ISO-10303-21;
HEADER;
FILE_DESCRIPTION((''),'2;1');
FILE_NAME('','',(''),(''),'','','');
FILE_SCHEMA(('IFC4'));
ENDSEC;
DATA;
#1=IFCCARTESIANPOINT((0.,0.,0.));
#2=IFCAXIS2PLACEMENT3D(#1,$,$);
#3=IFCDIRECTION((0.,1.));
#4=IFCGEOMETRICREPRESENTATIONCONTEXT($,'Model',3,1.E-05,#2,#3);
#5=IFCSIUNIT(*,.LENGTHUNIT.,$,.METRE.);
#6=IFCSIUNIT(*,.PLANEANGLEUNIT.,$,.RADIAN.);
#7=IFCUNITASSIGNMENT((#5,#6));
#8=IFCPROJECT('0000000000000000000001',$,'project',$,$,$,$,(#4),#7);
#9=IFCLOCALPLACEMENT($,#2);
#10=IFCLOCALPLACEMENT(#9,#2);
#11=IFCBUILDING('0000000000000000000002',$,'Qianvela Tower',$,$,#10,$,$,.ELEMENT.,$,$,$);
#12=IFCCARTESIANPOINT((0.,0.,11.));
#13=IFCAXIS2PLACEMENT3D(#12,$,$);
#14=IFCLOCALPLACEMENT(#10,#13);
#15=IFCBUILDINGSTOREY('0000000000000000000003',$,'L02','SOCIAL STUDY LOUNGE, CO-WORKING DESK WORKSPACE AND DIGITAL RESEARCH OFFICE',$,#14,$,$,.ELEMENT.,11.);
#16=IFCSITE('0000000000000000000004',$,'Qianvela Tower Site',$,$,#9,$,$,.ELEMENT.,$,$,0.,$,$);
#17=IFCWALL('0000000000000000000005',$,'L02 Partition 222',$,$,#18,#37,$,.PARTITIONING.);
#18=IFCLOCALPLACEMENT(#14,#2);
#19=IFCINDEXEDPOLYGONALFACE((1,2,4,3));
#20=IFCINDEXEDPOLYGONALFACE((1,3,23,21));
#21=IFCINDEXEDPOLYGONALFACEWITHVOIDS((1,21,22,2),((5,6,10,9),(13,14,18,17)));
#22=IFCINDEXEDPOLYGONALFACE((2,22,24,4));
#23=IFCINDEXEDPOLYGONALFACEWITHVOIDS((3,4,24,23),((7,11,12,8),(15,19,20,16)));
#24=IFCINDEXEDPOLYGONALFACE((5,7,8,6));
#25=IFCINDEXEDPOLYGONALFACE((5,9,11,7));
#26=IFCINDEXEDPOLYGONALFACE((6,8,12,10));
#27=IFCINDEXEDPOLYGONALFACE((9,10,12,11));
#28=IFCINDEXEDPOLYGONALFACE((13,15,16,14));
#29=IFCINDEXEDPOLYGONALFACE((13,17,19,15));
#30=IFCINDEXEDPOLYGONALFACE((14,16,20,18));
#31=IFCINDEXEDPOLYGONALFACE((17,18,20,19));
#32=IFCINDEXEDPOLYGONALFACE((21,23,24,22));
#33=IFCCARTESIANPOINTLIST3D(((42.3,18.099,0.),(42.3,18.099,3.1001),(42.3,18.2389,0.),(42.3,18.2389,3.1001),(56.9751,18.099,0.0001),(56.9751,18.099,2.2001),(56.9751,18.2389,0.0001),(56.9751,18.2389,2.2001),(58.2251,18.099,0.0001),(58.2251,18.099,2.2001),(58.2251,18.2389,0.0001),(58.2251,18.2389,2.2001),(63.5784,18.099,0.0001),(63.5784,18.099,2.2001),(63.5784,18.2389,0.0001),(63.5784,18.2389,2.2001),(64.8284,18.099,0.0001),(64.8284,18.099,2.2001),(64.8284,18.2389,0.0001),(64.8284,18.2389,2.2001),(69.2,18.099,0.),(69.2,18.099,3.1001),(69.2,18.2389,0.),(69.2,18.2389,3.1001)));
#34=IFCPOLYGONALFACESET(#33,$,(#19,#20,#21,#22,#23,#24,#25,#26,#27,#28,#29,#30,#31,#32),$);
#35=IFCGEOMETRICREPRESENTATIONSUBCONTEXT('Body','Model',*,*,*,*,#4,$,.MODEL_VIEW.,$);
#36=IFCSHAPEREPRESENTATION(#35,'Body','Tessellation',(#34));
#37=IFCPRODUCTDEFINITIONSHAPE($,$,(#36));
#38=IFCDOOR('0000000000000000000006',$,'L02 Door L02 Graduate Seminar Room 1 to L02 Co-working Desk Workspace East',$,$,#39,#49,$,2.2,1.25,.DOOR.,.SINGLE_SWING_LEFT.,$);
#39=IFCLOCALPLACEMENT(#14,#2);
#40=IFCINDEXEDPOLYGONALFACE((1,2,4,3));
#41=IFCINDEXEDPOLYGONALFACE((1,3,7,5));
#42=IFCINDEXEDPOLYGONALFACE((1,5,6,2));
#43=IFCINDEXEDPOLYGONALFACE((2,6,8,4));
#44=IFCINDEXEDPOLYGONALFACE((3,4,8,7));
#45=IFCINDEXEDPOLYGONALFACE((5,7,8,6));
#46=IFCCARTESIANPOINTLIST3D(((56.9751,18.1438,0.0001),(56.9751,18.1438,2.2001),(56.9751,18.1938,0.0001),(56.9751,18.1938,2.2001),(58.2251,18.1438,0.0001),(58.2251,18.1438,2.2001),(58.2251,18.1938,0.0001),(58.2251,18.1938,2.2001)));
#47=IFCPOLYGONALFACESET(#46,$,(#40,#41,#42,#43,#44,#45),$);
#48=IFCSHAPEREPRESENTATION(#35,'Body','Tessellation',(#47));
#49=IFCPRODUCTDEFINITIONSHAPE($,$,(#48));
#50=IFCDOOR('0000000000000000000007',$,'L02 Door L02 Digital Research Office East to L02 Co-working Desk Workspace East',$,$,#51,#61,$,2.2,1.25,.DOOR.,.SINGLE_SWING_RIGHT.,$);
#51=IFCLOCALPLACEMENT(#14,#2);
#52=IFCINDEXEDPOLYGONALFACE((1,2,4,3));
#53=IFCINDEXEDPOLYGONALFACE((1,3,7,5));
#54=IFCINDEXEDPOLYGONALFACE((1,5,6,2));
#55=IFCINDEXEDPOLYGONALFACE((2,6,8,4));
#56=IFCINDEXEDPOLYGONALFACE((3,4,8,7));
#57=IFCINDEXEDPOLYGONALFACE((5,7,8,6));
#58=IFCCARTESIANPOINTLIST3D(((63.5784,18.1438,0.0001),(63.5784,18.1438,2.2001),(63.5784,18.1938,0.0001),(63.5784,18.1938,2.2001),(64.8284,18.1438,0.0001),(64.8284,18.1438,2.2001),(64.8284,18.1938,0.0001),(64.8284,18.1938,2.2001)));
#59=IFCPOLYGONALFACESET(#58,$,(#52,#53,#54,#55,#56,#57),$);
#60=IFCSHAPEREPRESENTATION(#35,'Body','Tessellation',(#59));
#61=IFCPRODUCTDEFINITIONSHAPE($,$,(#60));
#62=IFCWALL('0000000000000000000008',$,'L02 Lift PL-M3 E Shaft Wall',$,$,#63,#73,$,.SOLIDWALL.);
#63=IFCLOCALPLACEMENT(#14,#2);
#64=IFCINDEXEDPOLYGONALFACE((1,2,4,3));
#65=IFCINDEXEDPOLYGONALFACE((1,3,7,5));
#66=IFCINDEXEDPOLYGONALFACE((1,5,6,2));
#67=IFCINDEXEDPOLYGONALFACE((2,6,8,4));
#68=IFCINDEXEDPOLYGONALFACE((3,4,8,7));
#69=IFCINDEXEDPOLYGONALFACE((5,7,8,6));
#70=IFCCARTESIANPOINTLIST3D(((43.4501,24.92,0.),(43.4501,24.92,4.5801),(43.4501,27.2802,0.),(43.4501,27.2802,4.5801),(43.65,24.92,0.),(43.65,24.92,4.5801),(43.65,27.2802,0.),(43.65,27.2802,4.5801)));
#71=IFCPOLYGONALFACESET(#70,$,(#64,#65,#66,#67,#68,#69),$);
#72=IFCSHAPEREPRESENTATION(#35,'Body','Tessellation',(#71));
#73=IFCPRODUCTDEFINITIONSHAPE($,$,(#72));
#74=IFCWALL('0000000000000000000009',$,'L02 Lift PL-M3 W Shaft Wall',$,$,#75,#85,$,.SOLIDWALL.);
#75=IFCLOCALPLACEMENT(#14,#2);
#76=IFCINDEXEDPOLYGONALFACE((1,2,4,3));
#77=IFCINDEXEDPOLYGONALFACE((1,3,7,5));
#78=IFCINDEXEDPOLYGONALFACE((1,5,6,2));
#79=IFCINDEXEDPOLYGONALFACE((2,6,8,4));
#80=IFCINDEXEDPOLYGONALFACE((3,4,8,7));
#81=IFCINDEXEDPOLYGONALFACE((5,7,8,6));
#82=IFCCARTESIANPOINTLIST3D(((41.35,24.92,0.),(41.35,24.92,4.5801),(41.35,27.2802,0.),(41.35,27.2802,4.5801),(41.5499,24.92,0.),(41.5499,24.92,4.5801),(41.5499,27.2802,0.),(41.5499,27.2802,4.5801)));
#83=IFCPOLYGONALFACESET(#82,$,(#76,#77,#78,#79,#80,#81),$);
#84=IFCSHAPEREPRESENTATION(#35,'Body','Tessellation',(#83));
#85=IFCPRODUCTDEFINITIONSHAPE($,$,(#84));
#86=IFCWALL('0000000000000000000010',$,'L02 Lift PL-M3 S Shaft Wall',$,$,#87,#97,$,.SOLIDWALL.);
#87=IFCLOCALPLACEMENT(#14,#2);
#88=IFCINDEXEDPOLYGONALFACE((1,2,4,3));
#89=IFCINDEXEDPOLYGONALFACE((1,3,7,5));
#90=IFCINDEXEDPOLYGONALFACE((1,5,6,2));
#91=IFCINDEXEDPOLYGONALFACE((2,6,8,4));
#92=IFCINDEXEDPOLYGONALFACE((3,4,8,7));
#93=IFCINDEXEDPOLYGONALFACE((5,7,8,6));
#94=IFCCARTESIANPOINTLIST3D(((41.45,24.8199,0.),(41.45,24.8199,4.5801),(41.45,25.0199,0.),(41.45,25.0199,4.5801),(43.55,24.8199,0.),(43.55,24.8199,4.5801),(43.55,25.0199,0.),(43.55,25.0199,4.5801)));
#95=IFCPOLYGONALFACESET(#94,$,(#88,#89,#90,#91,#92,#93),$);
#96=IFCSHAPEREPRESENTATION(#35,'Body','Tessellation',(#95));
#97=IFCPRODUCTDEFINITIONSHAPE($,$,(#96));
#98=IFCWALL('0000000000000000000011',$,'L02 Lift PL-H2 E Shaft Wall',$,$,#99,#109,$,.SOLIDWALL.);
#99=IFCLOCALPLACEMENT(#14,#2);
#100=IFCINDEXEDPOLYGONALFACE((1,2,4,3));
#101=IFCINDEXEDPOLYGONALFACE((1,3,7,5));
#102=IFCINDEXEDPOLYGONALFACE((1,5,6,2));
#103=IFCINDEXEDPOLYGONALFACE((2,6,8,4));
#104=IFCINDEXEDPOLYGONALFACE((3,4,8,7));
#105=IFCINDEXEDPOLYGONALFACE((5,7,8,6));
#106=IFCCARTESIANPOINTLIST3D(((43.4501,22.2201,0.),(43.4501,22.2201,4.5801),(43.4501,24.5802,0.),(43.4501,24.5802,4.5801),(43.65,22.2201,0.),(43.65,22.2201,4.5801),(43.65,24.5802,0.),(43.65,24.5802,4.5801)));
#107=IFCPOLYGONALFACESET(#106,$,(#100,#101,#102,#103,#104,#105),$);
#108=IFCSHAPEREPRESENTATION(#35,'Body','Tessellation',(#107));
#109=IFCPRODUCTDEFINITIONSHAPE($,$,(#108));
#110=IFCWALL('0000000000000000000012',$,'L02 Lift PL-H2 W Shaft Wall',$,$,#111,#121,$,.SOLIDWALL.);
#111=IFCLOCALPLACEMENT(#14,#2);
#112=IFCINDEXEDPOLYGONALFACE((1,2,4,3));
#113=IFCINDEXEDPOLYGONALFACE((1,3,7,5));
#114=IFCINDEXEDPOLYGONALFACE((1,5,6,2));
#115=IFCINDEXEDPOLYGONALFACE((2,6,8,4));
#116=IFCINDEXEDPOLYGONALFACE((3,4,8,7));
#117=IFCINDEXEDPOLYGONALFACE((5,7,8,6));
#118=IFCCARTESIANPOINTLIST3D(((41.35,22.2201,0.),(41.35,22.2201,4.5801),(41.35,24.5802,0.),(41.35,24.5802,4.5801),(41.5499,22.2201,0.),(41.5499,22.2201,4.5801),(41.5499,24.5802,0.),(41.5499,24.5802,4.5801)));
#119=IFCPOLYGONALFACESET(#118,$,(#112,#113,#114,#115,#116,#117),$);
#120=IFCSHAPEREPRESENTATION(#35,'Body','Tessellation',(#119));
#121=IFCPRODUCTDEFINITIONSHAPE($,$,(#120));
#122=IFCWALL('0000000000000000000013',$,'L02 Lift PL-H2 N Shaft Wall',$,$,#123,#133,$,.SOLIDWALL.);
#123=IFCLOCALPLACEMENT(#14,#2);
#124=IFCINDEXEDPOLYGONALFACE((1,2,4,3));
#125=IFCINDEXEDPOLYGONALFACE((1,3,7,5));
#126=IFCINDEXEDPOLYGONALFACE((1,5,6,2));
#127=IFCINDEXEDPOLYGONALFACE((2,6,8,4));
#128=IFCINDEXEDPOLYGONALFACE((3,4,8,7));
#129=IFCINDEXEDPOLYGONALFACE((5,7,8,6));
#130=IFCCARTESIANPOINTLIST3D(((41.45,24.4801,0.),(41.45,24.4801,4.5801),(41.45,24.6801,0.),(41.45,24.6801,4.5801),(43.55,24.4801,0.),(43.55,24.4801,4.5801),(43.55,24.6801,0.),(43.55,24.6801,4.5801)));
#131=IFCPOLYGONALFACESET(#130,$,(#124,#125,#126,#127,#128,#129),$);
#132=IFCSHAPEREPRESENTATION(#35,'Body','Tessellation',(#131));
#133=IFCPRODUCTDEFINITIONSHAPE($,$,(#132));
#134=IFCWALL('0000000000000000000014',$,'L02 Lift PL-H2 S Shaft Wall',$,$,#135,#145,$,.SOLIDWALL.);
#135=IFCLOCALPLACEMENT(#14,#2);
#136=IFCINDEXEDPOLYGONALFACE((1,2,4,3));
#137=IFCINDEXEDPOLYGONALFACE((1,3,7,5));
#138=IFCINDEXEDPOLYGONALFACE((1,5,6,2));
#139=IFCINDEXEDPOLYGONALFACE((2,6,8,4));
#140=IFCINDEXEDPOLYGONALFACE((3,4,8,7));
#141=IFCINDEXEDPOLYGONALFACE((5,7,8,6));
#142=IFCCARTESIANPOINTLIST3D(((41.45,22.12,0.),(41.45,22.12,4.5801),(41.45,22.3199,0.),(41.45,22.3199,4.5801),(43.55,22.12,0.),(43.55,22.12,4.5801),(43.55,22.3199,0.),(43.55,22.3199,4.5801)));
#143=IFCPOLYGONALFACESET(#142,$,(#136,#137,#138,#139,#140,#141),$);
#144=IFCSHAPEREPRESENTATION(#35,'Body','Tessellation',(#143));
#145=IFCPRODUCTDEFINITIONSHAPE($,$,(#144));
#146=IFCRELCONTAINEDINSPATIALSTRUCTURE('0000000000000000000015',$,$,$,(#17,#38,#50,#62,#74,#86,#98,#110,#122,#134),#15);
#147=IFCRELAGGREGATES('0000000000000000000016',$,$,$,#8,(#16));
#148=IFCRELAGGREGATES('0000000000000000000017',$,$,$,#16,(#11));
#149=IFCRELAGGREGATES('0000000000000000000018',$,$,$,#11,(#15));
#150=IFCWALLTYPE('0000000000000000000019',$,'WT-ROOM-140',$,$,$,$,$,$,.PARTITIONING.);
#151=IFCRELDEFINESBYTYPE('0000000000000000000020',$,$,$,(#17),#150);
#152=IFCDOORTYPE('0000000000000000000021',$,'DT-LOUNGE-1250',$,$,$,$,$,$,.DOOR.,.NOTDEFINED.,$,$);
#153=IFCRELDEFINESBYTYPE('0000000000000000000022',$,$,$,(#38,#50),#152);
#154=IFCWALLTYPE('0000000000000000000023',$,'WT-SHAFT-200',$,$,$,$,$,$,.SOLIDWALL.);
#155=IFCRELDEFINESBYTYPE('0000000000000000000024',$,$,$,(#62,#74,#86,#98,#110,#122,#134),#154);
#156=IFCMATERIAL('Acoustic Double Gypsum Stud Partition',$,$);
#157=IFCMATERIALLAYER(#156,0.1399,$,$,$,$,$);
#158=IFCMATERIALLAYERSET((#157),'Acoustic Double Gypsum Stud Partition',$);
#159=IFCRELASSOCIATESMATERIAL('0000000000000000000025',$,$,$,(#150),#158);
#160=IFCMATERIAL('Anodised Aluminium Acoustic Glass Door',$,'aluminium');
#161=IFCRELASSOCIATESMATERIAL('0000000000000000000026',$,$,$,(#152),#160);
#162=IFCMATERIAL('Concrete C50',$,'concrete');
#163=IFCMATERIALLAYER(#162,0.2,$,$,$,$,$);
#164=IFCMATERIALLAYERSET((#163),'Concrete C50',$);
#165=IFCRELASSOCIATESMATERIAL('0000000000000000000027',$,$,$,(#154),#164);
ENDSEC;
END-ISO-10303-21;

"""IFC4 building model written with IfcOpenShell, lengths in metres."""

from ifc_helpers import new_model, si_unit, direction, frame, frame_2d, origin, place, context, subcontext, project, spatial, rectangle, extrude, material, layer, layer_set, type_object, element, fill, save


model = new_model("IFC4")

# Units and contexts
model_context = context("Model", 3, precision=1e-05, world=origin(), true_north=direction((0.0, 1.0)))
body_context = subcontext(model_context, "Body", "Model", "MODEL_VIEW")
ifc_project = project(units=[si_unit("LENGTHUNIT", "METRE"), si_unit("PLANEANGLEUNIT", "RADIAN")], contexts=[model_context])

# Site, building, storey
site_placement = place(None, origin())
site = spatial("IfcSite", under=ifc_project, at=site_placement, Name="Qianvela Tower Site", CompositionType="ELEMENT", RefElevation=0.0)
building_placement = place(site_placement, origin())
building = spatial("IfcBuilding", under=site, at=building_placement, Name="Qianvela Tower", CompositionType="ELEMENT")
storey_placement = place(building_placement, frame((0.0, 0.0, 11.0)))
storey = spatial("IfcBuildingStorey", under=building, at=storey_placement, Name="L02", Description="SOCIAL STUDY LOUNGE, CO-WORKING DESK WORKSPACE AND DIGITAL RESEARCH OFFICE", CompositionType="ELEMENT", Elevation=11.0)

# Wall, openings, doors
ifc_material_1 = material(Name="Acoustic Double Gypsum Stud Partition")
ifc_layer_1 = layer(ifc_material_1, 0.1399)
ifc_layer_set_1 = layer_set([ifc_layer_1], Name="Acoustic Double Gypsum Stud Partition")
wall_type_1 = type_object("IfcWallType", Name="WT-ROOM-140", PredefinedType="PARTITIONING", material=ifc_layer_set_1)
wall_1_placement = place(storey_placement, frame((42.3, 18.1689, 0.0), z_axis=(0.0, 0.0, 1.0), x_axis=(1.0, 0.0, 0.0)))
wall_1 = element("IfcWall", 1, at=wall_1_placement, inside=storey, type_object=wall_type_1, Name="L02 Partition 222", PredefinedType="PARTITIONING", context=body_context, shape_type="SweptSolid", body=[
    extrude(rectangle(XDim=26.8999, YDim=0.1399, at=frame_2d((13.45, 0.0))), origin(), (0.0, 0.0, 1.0), 3.1001),
])
opening_1_placement = place(wall_1_placement, frame((14.675, 0.0, 0.0)))
opening_1 = element("IfcOpeningElement", 2, at=opening_1_placement, cuts=wall_1, PredefinedType="OPENING", context=body_context, shape_type="SweptSolid", body=[
    extrude(rectangle(XDim=1.25, YDim=2.2, at=frame_2d((0.625, 1.1001))), frame((0.0, 0.0798, 0.0), z_axis=(0.0, -1.0, 0.0), x_axis=(1.0, 0.0, 0.0)), (0.0, 0.0, 1.0), 0.1599),
])
opening_2_placement = place(wall_1_placement, frame((21.2783, 0.0, 0.0)))
opening_2 = element("IfcOpeningElement", 3, at=opening_2_placement, cuts=wall_1, PredefinedType="OPENING", context=body_context, shape_type="SweptSolid", body=[
    extrude(rectangle(XDim=1.25, YDim=2.2, at=frame_2d((0.625, 1.1001))), frame((0.0, 0.0798, 0.0), z_axis=(0.0, -1.0, 0.0), x_axis=(1.0, 0.0, 0.0)), (0.0, 0.0, 1.0), 0.1599),
])
ifc_material_2 = material(Name="Anodised Aluminium Acoustic Glass Door", Category="aluminium")
door_type = type_object("IfcDoorType", Name="DT-LOUNGE-1250", OperationType="NOTDEFINED", PredefinedType="DOOR", material=ifc_material_2)
door_1_placement = place(opening_1_placement, origin())
door_1 = element("IfcDoor", 4, at=door_1_placement, inside=storey, type_object=door_type, Name="L02 Door L02 Graduate Seminar Room 1 to L02 Co-working Desk Workspace East", OperationType="SINGLE_SWING_LEFT", OverallHeight=2.2, OverallWidth=1.25, PredefinedType="DOOR", context=body_context, shape_type="SweptSolid", body=[
    extrude(rectangle(XDim=1.25, YDim=2.2, at=frame_2d((0.625, 1.1001))), frame((0.0, 0.0249, 0.0), z_axis=(0.0, -1.0, 0.0), x_axis=(1.0, 0.0, 0.0)), (0.0, 0.0, 1.0), 0.05),
])
fill(opening_1, door_1)
door_2_placement = place(opening_2_placement, origin())
door_2 = element("IfcDoor", 5, at=door_2_placement, inside=storey, type_object=door_type, Name="L02 Door L02 Digital Research Office East to L02 Co-working Desk Workspace East", OperationType="SINGLE_SWING_RIGHT", OverallHeight=2.2, OverallWidth=1.25, PredefinedType="DOOR", context=body_context, shape_type="SweptSolid", body=[
    extrude(rectangle(XDim=1.25, YDim=2.2, at=frame_2d((0.625, 1.1001))), frame((0.0, 0.0249, 0.0), z_axis=(0.0, -1.0, 0.0), x_axis=(1.0, 0.0, 0.0)), (0.0, 0.0, 1.0), 0.05),
])
fill(opening_2, door_2)

# Walls
ifc_material_3 = material(Name="Concrete C50", Category="concrete")
ifc_layer_2 = layer(ifc_material_3, 0.2)
ifc_layer_set_2 = layer_set([ifc_layer_2], Name="Concrete C50")
wall_type_2 = type_object("IfcWallType", Name="WT-SHAFT-200", PredefinedType="SOLIDWALL", material=ifc_layer_set_2)
for number, where, z_axis, x_axis, name in (
    (6, (43.55, 24.9199, 0.0), (0.0, 0.0, 1.0), (0.0, 1.0, 0.0), "L02 Lift PL-M3 E Shaft Wall"),
    (7, (41.45, 24.9199, 0.0), (0.0, 0.0, 1.0), (0.0, 1.0, 0.0), "L02 Lift PL-M3 W Shaft Wall"),
):
    element("IfcWall", number, at=place(storey_placement, frame(where, z_axis=z_axis, x_axis=x_axis)), inside=storey, type_object=wall_type_2, Name=name, PredefinedType="SOLIDWALL", context=body_context, shape_type="SweptSolid", body=[
        extrude(rectangle(XDim=2.3601, YDim=0.2, at=frame_2d((1.1802, 0.0))), origin(), (0.0, 0.0, 1.0), 4.5801),
    ])
wall_2_placement = place(storey_placement, frame((41.45, 24.9199, 0.0), z_axis=(0.0, 0.0, 1.0), x_axis=(1.0, 0.0, 0.0)))
element("IfcWall", 8, at=wall_2_placement, inside=storey, type_object=wall_type_2, Name="L02 Lift PL-M3 S Shaft Wall", PredefinedType="SOLIDWALL", context=body_context, shape_type="SweptSolid", body=[
    extrude(rectangle(XDim=2.1001, YDim=0.2, at=frame_2d((1.05, 0.0))), origin(), (0.0, 0.0, 1.0), 4.5801),
])
for number, where, z_axis, x_axis, name in (
    (9, (43.55, 22.22, 0.0), (0.0, 0.0, 1.0), (0.0, 1.0, 0.0), "L02 Lift PL-H2 E Shaft Wall"),
    (10, (41.45, 22.22, 0.0), (0.0, 0.0, 1.0), (0.0, 1.0, 0.0), "L02 Lift PL-H2 W Shaft Wall"),
):
    element("IfcWall", number, at=place(storey_placement, frame(where, z_axis=z_axis, x_axis=x_axis)), inside=storey, type_object=wall_type_2, Name=name, PredefinedType="SOLIDWALL", context=body_context, shape_type="SweptSolid", body=[
        extrude(rectangle(XDim=2.3601, YDim=0.2, at=frame_2d((1.1802, 0.0))), origin(), (0.0, 0.0, 1.0), 4.5801),
    ])
for number, where, z_axis, x_axis, name in (
    (11, (41.45, 24.5801, 0.0), (0.0, 0.0, 1.0), (1.0, 0.0, 0.0), "L02 Lift PL-H2 N Shaft Wall"),
    (12, (41.45, 22.22, 0.0), (0.0, 0.0, 1.0), (1.0, 0.0, 0.0), "L02 Lift PL-H2 S Shaft Wall"),
):
    element("IfcWall", number, at=place(storey_placement, frame(where, z_axis=z_axis, x_axis=x_axis)), inside=storey, type_object=wall_type_2, Name=name, PredefinedType="SOLIDWALL", context=body_context, shape_type="SweptSolid", body=[
        extrude(rectangle(XDim=2.1001, YDim=0.2, at=frame_2d((1.05, 0.0))), origin(), (0.0, 0.0, 1.0), 4.5801),
    ])

save(model, "model.ifc")
